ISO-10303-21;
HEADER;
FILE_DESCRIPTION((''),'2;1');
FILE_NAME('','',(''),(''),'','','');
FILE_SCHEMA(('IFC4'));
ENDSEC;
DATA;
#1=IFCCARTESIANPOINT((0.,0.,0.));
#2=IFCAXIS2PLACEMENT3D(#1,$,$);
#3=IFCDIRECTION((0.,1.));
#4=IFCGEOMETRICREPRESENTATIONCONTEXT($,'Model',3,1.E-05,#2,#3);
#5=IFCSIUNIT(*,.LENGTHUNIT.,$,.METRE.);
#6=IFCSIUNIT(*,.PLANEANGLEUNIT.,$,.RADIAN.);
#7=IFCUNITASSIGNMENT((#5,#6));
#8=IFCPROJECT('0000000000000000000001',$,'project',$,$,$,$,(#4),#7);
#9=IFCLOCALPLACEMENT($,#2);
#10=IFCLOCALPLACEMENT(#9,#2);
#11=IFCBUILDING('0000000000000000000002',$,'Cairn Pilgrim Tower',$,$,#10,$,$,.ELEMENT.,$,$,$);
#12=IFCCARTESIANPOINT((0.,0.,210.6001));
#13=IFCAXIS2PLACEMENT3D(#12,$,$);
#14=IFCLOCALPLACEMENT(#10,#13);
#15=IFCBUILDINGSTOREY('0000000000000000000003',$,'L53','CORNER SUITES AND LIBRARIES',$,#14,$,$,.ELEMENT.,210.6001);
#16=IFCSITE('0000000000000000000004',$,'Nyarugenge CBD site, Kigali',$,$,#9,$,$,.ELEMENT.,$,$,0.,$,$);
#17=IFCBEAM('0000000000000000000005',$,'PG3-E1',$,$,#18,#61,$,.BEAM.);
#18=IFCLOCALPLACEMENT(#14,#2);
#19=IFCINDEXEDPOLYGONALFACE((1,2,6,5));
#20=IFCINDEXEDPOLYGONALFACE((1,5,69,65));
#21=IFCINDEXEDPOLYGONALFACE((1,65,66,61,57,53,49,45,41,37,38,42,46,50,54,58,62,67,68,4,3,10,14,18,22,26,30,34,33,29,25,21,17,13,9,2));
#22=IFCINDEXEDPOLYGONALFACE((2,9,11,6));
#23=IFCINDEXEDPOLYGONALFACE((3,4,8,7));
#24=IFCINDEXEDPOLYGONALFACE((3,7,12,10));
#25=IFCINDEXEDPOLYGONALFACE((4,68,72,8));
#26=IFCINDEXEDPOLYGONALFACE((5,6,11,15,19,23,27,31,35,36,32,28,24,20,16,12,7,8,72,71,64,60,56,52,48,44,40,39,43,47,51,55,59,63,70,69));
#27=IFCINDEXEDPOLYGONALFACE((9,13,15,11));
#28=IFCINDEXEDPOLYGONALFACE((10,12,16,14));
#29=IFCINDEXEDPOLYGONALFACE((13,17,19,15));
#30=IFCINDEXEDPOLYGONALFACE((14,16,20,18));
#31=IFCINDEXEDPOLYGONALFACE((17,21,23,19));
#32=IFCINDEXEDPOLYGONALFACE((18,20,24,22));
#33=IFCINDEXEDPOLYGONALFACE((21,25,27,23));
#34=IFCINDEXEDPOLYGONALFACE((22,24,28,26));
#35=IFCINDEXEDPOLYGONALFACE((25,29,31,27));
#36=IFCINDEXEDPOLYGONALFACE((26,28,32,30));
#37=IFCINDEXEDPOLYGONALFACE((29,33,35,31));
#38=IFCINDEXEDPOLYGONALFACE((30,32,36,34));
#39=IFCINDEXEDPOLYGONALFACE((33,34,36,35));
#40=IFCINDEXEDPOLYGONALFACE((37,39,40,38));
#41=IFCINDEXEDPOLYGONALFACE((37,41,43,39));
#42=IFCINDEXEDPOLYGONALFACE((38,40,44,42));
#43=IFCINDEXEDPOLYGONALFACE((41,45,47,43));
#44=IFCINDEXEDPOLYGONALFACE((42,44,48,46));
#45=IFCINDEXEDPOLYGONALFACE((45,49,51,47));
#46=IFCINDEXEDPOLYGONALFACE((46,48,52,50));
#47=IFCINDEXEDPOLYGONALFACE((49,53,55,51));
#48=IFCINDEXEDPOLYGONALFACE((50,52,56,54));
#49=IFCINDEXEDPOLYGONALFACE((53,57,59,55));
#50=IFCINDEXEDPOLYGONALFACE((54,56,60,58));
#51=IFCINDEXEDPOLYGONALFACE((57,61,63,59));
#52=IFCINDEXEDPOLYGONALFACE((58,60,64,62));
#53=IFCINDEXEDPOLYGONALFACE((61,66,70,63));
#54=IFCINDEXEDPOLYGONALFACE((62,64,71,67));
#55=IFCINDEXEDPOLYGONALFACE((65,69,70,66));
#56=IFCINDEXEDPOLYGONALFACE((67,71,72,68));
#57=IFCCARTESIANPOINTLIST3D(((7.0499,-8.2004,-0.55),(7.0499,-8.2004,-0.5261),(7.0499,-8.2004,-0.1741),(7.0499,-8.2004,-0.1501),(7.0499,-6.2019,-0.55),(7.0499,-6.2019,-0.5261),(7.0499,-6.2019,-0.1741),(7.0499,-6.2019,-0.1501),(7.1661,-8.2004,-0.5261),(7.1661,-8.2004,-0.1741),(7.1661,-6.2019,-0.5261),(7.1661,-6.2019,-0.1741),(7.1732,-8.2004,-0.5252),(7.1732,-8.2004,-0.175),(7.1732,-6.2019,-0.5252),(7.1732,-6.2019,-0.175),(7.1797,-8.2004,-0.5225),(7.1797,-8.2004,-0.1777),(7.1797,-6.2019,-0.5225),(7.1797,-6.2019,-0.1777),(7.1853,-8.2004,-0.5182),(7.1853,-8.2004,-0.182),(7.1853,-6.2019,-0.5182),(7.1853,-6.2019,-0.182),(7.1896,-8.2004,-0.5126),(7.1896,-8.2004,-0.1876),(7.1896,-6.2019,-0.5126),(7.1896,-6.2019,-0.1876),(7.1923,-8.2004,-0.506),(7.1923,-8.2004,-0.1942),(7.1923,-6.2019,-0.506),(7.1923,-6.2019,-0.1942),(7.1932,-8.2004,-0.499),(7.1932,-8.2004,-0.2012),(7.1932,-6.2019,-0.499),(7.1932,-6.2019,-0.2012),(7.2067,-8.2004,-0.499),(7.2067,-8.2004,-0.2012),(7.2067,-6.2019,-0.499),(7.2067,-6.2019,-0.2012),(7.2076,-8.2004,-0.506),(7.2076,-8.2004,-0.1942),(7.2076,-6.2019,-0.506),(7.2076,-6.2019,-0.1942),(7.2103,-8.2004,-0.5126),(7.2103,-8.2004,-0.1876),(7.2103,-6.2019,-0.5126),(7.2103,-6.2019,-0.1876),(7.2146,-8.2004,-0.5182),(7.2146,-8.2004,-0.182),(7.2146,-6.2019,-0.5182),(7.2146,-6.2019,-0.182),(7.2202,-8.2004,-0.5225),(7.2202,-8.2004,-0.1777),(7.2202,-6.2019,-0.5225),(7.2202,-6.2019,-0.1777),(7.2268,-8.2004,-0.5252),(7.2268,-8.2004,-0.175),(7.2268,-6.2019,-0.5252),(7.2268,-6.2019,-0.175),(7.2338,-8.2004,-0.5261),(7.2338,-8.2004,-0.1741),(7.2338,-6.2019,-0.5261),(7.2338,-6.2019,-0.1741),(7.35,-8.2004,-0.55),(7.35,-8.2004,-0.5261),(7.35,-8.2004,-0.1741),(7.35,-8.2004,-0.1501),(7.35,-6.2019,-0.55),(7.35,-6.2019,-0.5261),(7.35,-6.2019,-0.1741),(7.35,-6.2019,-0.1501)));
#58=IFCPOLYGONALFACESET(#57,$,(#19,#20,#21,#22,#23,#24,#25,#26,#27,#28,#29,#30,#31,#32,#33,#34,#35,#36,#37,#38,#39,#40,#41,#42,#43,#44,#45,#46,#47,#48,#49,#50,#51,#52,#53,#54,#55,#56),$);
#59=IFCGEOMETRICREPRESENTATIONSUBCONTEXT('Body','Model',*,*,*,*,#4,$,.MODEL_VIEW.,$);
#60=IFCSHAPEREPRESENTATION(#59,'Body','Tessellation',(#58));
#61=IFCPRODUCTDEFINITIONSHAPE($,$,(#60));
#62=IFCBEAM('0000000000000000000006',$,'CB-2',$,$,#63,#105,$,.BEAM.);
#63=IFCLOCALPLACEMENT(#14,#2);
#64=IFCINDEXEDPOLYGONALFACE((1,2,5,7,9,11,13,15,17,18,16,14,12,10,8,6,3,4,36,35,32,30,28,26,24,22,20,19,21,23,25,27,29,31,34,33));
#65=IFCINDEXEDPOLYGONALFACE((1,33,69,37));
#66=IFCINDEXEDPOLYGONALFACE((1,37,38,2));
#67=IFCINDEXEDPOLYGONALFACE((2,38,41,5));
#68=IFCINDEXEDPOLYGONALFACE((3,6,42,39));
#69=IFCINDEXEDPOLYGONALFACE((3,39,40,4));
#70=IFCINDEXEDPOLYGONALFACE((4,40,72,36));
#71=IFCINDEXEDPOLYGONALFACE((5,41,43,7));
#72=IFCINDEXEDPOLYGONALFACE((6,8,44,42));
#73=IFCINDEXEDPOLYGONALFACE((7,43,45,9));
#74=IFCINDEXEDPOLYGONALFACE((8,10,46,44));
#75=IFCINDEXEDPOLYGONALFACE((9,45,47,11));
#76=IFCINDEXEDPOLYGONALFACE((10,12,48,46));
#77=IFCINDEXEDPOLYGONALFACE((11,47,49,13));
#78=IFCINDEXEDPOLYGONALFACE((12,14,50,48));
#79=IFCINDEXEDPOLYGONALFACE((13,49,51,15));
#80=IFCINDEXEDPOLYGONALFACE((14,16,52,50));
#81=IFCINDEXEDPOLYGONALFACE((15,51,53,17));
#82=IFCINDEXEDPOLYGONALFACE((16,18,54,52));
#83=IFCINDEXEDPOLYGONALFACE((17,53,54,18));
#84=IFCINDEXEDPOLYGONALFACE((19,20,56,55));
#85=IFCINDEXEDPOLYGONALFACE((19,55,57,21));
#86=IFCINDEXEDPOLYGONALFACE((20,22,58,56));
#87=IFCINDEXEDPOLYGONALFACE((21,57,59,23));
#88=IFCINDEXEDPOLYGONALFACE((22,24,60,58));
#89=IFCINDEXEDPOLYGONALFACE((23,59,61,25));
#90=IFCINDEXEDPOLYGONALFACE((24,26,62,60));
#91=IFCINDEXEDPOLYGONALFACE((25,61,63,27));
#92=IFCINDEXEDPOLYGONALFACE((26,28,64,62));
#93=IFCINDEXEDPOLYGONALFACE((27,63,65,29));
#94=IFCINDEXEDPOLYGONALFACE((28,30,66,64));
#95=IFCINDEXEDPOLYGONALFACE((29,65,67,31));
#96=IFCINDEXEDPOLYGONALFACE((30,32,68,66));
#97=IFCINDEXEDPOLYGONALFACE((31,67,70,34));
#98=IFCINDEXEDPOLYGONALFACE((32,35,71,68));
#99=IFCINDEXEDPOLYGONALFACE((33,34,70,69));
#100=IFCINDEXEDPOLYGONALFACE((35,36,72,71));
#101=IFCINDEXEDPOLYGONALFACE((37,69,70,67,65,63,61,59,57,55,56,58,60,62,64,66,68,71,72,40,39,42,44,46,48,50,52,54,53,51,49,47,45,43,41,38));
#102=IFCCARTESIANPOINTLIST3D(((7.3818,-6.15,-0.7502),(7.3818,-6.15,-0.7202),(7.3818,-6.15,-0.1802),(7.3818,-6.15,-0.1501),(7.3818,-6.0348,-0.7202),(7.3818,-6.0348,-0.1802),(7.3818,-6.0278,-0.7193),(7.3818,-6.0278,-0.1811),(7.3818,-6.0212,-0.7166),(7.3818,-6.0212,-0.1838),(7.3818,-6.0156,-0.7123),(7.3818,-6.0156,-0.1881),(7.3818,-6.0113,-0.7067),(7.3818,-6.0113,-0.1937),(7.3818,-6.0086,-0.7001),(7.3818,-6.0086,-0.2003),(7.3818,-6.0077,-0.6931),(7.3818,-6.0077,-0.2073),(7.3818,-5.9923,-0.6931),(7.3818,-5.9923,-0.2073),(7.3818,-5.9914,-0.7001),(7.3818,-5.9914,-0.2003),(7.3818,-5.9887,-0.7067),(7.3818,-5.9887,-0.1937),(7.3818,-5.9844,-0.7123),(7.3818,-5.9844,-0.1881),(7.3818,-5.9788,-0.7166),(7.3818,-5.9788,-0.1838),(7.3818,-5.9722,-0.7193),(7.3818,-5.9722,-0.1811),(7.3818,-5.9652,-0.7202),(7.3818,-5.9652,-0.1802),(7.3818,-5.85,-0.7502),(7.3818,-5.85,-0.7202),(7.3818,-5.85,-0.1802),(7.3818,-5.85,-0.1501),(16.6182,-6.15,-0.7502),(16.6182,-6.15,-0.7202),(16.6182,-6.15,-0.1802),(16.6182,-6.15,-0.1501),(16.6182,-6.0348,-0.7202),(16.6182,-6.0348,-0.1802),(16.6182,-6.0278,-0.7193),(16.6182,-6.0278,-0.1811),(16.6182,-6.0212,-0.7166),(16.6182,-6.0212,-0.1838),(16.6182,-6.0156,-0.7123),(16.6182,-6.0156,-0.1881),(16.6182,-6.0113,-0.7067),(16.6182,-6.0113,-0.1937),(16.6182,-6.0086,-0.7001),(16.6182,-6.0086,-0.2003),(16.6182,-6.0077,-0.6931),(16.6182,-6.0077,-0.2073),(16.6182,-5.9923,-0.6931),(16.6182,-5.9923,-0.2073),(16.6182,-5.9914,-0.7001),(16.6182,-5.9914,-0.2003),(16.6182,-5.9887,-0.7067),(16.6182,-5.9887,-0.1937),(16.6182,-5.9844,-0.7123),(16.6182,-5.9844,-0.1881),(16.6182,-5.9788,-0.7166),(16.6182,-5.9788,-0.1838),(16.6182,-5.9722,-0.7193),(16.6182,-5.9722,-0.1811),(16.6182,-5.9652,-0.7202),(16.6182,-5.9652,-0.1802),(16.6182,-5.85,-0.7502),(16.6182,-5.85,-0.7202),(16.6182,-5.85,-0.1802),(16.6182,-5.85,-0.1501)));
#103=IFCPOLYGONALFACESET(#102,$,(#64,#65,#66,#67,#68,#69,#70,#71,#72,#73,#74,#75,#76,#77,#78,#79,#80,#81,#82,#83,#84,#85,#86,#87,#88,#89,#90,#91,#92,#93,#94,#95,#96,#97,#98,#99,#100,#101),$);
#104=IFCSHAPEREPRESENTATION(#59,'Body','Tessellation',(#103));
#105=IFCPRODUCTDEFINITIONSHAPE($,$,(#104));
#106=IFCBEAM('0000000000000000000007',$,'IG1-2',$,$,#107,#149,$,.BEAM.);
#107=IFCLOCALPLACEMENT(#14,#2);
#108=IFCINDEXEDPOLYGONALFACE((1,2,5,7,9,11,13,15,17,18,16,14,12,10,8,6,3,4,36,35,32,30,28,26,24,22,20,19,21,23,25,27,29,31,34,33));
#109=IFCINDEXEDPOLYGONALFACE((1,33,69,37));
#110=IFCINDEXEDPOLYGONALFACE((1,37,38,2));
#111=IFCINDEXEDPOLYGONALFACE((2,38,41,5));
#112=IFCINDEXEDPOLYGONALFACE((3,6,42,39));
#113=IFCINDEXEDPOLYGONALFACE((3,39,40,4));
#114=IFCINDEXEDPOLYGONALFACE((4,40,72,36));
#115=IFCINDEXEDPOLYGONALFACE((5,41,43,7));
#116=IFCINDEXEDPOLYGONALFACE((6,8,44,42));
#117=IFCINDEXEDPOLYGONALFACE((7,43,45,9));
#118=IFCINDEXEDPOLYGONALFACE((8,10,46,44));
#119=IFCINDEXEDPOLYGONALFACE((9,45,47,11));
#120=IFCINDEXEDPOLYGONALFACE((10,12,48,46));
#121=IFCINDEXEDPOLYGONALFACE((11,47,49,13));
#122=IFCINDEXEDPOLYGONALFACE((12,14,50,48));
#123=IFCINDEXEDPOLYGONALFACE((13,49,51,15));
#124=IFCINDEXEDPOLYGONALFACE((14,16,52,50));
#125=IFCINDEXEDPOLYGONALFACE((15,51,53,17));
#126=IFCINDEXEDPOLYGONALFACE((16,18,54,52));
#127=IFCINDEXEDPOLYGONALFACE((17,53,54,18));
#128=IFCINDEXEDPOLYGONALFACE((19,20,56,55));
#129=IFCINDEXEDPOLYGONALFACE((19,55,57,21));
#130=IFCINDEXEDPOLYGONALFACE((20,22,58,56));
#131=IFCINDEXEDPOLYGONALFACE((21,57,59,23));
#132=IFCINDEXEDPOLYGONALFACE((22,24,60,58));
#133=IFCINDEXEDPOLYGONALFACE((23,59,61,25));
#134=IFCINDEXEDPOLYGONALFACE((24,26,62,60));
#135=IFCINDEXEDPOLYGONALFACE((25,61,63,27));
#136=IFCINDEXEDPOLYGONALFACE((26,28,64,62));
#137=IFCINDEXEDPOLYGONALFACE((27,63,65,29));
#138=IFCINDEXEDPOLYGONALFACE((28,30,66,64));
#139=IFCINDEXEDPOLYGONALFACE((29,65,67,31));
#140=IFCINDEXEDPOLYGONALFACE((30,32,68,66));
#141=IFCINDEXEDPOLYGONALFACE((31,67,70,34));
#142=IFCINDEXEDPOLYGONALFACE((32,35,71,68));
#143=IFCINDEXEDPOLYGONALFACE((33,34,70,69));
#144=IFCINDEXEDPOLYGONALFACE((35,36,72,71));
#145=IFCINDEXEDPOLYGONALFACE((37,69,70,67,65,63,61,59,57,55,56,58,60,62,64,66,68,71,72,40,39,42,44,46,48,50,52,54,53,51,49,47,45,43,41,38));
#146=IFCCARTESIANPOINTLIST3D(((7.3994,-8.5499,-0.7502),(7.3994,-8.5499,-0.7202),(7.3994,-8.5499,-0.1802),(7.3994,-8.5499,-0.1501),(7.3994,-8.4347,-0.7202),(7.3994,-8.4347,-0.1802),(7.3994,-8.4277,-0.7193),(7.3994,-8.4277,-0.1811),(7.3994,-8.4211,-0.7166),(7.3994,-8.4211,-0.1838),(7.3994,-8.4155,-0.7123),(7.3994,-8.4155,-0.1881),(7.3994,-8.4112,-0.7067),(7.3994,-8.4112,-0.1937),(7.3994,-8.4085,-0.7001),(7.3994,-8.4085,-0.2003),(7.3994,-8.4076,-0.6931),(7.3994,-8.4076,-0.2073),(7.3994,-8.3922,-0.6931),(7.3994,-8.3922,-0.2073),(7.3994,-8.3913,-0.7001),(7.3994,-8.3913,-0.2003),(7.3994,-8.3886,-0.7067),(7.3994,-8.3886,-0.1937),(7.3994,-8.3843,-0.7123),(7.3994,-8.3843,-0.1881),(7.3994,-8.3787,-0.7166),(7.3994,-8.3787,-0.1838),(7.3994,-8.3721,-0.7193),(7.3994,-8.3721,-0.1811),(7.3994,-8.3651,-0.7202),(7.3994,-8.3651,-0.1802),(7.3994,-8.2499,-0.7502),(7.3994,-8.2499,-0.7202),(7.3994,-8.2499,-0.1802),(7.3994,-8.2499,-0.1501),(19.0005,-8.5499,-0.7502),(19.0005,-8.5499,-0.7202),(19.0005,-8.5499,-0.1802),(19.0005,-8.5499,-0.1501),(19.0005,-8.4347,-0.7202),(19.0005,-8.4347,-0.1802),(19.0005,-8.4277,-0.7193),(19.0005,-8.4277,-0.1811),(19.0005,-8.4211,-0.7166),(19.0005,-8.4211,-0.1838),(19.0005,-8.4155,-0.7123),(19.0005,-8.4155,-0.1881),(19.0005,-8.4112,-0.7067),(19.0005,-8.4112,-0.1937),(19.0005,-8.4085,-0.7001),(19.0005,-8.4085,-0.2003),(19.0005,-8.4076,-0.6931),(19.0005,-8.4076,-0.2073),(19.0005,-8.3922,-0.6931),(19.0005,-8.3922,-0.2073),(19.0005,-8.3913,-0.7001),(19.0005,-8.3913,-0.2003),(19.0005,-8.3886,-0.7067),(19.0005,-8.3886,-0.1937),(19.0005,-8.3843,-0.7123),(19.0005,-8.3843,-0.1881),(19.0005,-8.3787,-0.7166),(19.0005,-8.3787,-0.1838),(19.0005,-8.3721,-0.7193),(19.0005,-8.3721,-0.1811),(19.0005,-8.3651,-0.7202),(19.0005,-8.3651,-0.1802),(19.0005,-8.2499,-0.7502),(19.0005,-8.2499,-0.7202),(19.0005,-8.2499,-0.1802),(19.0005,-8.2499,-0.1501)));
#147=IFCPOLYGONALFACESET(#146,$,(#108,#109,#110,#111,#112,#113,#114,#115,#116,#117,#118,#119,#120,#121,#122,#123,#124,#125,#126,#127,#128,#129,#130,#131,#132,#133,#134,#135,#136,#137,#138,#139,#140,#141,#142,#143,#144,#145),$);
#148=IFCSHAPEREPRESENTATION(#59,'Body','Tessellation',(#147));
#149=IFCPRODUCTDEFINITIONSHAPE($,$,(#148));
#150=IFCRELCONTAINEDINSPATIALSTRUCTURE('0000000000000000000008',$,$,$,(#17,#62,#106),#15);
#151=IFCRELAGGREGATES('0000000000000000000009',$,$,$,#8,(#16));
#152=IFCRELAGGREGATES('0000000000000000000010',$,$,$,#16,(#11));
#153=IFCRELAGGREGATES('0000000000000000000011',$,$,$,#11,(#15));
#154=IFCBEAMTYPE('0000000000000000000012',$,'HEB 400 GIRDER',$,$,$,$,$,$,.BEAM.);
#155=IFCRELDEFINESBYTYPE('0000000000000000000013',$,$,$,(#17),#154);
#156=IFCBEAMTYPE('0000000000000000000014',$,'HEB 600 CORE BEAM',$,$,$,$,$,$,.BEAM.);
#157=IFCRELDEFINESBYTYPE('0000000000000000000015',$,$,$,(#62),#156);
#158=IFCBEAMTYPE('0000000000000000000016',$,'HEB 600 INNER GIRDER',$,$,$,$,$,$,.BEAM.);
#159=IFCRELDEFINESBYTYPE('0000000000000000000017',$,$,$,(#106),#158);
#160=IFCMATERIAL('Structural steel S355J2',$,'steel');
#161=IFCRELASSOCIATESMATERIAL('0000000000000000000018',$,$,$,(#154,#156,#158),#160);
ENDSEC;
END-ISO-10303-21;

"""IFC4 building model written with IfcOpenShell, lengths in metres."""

from ifc_helpers import new_model, si_unit, direction, frame, origin, origin_2d, place, context, subcontext, project, spatial, i_section, extrude, material, material_profile, profile_set, type_object, element, save


model = new_model("IFC4")

# Units and contexts
model_context = context("Model", 3, precision=1e-05, world=origin(), true_north=direction((0.0, 1.0)))
body_context = subcontext(model_context, "Body", "Model", "MODEL_VIEW")
ifc_project = project(units=[si_unit("LENGTHUNIT", "METRE"), si_unit("PLANEANGLEUNIT", "RADIAN")], contexts=[model_context])

# Site, building, storey
site_placement = place(None, origin())
site = spatial("IfcSite", under=ifc_project, at=site_placement, Name="Nyarugenge CBD site, Kigali", CompositionType="ELEMENT", RefElevation=0.0)
building_placement = place(site_placement, origin())
building = spatial("IfcBuilding", under=site, at=building_placement, Name="Cairn Pilgrim Tower", CompositionType="ELEMENT")
storey_placement = place(building_placement, frame((0.0, 0.0, 210.6001)))
storey = spatial("IfcBuildingStorey", under=building, at=storey_placement, Name="L53", Description="CORNER SUITES AND LIBRARIES", CompositionType="ELEMENT", Elevation=210.6001)

# Shared definitions
ifc_material_1 = material(Name="Structural steel S355J2", Category="steel")

# Beams
ifc_material_profile_1 = material_profile(ifc_material_1, i_section(OverallWidth=0.3, OverallDepth=0.3999, WebThickness=0.0134, FlangeThickness=0.0239, FilletRadius=0.0271, at=origin_2d()), Name="HEB 400")
ifc_profile_set_1 = profile_set([ifc_material_profile_1], Name="Structural steel S355J2")
beam_type_1 = type_object("IfcBeamType", Name="HEB 400 GIRDER", PredefinedType="BEAM", material=ifc_profile_set_1)
beam_1_placement = place(storey_placement, frame((7.2, -8.2004, -0.3501), z_axis=(0.0, 1.0, 0.0), x_axis=(-1.0, 0.0, 0.0)))
element("IfcBeam", 1, at=beam_1_placement, inside=storey, type_object=beam_type_1, Name="PG3-E1", PredefinedType="BEAM", context=body_context, shape_type="SweptSolid", body=[
    extrude(i_section(OverallWidth=0.3, OverallDepth=0.3999, WebThickness=0.0134, FlangeThickness=0.0239, FilletRadius=0.0271, at=origin_2d()), origin(), (0.0, 0.0, 1.0), 1.9985),
])
ifc_material_profile_2 = material_profile(ifc_material_1, i_section(OverallWidth=0.3, OverallDepth=0.6001, WebThickness=0.0154, FlangeThickness=0.03, FilletRadius=0.0271, at=origin_2d()), Name="HEB 600")
ifc_profile_set_2 = profile_set([ifc_material_profile_2], Name="Structural steel S355J2")
beam_type_2 = type_object("IfcBeamType", Name="HEB 600 CORE BEAM", PredefinedType="BEAM", material=ifc_profile_set_2)
beam_2_placement = place(storey_placement, frame((7.3818, -6.0, -0.4502), z_axis=(1.0, 0.0, 0.0), x_axis=(0.0, 1.0, 0.0)))
element("IfcBeam", 2, at=beam_2_placement, inside=storey, type_object=beam_type_2, Name="CB-2", PredefinedType="BEAM", context=body_context, shape_type="SweptSolid", body=[
    extrude(i_section(OverallWidth=0.3, OverallDepth=0.6001, WebThickness=0.0154, FlangeThickness=0.03, FilletRadius=0.0271, at=origin_2d()), origin(), (0.0, 0.0, 1.0), 9.2363),
])
ifc_material_profile_3 = material_profile(ifc_material_1, i_section(OverallWidth=0.3, OverallDepth=0.6001, WebThickness=0.0154, FlangeThickness=0.03, FilletRadius=0.0271, at=origin_2d()), Name="HEB 600")
ifc_profile_set_3 = profile_set([ifc_material_profile_3], Name="Structural steel S355J2")
beam_type_3 = type_object("IfcBeamType", Name="HEB 600 INNER GIRDER", PredefinedType="BEAM", material=ifc_profile_set_3)
beam_3_placement = place(storey_placement, frame((7.3994, -8.3999, -0.4502), z_axis=(1.0, 0.0, 0.0), x_axis=(0.0, 1.0, 0.0)))
element("IfcBeam", 3, at=beam_3_placement, inside=storey, type_object=beam_type_3, Name="IG1-2", PredefinedType="BEAM", context=body_context, shape_type="SweptSolid", body=[
    extrude(i_section(OverallWidth=0.3, OverallDepth=0.6001, WebThickness=0.0154, FlangeThickness=0.03, FilletRadius=0.0271, at=origin_2d()), origin(), (0.0, 0.0, 1.0), 11.6011),
])

save(model, "model.ifc")
